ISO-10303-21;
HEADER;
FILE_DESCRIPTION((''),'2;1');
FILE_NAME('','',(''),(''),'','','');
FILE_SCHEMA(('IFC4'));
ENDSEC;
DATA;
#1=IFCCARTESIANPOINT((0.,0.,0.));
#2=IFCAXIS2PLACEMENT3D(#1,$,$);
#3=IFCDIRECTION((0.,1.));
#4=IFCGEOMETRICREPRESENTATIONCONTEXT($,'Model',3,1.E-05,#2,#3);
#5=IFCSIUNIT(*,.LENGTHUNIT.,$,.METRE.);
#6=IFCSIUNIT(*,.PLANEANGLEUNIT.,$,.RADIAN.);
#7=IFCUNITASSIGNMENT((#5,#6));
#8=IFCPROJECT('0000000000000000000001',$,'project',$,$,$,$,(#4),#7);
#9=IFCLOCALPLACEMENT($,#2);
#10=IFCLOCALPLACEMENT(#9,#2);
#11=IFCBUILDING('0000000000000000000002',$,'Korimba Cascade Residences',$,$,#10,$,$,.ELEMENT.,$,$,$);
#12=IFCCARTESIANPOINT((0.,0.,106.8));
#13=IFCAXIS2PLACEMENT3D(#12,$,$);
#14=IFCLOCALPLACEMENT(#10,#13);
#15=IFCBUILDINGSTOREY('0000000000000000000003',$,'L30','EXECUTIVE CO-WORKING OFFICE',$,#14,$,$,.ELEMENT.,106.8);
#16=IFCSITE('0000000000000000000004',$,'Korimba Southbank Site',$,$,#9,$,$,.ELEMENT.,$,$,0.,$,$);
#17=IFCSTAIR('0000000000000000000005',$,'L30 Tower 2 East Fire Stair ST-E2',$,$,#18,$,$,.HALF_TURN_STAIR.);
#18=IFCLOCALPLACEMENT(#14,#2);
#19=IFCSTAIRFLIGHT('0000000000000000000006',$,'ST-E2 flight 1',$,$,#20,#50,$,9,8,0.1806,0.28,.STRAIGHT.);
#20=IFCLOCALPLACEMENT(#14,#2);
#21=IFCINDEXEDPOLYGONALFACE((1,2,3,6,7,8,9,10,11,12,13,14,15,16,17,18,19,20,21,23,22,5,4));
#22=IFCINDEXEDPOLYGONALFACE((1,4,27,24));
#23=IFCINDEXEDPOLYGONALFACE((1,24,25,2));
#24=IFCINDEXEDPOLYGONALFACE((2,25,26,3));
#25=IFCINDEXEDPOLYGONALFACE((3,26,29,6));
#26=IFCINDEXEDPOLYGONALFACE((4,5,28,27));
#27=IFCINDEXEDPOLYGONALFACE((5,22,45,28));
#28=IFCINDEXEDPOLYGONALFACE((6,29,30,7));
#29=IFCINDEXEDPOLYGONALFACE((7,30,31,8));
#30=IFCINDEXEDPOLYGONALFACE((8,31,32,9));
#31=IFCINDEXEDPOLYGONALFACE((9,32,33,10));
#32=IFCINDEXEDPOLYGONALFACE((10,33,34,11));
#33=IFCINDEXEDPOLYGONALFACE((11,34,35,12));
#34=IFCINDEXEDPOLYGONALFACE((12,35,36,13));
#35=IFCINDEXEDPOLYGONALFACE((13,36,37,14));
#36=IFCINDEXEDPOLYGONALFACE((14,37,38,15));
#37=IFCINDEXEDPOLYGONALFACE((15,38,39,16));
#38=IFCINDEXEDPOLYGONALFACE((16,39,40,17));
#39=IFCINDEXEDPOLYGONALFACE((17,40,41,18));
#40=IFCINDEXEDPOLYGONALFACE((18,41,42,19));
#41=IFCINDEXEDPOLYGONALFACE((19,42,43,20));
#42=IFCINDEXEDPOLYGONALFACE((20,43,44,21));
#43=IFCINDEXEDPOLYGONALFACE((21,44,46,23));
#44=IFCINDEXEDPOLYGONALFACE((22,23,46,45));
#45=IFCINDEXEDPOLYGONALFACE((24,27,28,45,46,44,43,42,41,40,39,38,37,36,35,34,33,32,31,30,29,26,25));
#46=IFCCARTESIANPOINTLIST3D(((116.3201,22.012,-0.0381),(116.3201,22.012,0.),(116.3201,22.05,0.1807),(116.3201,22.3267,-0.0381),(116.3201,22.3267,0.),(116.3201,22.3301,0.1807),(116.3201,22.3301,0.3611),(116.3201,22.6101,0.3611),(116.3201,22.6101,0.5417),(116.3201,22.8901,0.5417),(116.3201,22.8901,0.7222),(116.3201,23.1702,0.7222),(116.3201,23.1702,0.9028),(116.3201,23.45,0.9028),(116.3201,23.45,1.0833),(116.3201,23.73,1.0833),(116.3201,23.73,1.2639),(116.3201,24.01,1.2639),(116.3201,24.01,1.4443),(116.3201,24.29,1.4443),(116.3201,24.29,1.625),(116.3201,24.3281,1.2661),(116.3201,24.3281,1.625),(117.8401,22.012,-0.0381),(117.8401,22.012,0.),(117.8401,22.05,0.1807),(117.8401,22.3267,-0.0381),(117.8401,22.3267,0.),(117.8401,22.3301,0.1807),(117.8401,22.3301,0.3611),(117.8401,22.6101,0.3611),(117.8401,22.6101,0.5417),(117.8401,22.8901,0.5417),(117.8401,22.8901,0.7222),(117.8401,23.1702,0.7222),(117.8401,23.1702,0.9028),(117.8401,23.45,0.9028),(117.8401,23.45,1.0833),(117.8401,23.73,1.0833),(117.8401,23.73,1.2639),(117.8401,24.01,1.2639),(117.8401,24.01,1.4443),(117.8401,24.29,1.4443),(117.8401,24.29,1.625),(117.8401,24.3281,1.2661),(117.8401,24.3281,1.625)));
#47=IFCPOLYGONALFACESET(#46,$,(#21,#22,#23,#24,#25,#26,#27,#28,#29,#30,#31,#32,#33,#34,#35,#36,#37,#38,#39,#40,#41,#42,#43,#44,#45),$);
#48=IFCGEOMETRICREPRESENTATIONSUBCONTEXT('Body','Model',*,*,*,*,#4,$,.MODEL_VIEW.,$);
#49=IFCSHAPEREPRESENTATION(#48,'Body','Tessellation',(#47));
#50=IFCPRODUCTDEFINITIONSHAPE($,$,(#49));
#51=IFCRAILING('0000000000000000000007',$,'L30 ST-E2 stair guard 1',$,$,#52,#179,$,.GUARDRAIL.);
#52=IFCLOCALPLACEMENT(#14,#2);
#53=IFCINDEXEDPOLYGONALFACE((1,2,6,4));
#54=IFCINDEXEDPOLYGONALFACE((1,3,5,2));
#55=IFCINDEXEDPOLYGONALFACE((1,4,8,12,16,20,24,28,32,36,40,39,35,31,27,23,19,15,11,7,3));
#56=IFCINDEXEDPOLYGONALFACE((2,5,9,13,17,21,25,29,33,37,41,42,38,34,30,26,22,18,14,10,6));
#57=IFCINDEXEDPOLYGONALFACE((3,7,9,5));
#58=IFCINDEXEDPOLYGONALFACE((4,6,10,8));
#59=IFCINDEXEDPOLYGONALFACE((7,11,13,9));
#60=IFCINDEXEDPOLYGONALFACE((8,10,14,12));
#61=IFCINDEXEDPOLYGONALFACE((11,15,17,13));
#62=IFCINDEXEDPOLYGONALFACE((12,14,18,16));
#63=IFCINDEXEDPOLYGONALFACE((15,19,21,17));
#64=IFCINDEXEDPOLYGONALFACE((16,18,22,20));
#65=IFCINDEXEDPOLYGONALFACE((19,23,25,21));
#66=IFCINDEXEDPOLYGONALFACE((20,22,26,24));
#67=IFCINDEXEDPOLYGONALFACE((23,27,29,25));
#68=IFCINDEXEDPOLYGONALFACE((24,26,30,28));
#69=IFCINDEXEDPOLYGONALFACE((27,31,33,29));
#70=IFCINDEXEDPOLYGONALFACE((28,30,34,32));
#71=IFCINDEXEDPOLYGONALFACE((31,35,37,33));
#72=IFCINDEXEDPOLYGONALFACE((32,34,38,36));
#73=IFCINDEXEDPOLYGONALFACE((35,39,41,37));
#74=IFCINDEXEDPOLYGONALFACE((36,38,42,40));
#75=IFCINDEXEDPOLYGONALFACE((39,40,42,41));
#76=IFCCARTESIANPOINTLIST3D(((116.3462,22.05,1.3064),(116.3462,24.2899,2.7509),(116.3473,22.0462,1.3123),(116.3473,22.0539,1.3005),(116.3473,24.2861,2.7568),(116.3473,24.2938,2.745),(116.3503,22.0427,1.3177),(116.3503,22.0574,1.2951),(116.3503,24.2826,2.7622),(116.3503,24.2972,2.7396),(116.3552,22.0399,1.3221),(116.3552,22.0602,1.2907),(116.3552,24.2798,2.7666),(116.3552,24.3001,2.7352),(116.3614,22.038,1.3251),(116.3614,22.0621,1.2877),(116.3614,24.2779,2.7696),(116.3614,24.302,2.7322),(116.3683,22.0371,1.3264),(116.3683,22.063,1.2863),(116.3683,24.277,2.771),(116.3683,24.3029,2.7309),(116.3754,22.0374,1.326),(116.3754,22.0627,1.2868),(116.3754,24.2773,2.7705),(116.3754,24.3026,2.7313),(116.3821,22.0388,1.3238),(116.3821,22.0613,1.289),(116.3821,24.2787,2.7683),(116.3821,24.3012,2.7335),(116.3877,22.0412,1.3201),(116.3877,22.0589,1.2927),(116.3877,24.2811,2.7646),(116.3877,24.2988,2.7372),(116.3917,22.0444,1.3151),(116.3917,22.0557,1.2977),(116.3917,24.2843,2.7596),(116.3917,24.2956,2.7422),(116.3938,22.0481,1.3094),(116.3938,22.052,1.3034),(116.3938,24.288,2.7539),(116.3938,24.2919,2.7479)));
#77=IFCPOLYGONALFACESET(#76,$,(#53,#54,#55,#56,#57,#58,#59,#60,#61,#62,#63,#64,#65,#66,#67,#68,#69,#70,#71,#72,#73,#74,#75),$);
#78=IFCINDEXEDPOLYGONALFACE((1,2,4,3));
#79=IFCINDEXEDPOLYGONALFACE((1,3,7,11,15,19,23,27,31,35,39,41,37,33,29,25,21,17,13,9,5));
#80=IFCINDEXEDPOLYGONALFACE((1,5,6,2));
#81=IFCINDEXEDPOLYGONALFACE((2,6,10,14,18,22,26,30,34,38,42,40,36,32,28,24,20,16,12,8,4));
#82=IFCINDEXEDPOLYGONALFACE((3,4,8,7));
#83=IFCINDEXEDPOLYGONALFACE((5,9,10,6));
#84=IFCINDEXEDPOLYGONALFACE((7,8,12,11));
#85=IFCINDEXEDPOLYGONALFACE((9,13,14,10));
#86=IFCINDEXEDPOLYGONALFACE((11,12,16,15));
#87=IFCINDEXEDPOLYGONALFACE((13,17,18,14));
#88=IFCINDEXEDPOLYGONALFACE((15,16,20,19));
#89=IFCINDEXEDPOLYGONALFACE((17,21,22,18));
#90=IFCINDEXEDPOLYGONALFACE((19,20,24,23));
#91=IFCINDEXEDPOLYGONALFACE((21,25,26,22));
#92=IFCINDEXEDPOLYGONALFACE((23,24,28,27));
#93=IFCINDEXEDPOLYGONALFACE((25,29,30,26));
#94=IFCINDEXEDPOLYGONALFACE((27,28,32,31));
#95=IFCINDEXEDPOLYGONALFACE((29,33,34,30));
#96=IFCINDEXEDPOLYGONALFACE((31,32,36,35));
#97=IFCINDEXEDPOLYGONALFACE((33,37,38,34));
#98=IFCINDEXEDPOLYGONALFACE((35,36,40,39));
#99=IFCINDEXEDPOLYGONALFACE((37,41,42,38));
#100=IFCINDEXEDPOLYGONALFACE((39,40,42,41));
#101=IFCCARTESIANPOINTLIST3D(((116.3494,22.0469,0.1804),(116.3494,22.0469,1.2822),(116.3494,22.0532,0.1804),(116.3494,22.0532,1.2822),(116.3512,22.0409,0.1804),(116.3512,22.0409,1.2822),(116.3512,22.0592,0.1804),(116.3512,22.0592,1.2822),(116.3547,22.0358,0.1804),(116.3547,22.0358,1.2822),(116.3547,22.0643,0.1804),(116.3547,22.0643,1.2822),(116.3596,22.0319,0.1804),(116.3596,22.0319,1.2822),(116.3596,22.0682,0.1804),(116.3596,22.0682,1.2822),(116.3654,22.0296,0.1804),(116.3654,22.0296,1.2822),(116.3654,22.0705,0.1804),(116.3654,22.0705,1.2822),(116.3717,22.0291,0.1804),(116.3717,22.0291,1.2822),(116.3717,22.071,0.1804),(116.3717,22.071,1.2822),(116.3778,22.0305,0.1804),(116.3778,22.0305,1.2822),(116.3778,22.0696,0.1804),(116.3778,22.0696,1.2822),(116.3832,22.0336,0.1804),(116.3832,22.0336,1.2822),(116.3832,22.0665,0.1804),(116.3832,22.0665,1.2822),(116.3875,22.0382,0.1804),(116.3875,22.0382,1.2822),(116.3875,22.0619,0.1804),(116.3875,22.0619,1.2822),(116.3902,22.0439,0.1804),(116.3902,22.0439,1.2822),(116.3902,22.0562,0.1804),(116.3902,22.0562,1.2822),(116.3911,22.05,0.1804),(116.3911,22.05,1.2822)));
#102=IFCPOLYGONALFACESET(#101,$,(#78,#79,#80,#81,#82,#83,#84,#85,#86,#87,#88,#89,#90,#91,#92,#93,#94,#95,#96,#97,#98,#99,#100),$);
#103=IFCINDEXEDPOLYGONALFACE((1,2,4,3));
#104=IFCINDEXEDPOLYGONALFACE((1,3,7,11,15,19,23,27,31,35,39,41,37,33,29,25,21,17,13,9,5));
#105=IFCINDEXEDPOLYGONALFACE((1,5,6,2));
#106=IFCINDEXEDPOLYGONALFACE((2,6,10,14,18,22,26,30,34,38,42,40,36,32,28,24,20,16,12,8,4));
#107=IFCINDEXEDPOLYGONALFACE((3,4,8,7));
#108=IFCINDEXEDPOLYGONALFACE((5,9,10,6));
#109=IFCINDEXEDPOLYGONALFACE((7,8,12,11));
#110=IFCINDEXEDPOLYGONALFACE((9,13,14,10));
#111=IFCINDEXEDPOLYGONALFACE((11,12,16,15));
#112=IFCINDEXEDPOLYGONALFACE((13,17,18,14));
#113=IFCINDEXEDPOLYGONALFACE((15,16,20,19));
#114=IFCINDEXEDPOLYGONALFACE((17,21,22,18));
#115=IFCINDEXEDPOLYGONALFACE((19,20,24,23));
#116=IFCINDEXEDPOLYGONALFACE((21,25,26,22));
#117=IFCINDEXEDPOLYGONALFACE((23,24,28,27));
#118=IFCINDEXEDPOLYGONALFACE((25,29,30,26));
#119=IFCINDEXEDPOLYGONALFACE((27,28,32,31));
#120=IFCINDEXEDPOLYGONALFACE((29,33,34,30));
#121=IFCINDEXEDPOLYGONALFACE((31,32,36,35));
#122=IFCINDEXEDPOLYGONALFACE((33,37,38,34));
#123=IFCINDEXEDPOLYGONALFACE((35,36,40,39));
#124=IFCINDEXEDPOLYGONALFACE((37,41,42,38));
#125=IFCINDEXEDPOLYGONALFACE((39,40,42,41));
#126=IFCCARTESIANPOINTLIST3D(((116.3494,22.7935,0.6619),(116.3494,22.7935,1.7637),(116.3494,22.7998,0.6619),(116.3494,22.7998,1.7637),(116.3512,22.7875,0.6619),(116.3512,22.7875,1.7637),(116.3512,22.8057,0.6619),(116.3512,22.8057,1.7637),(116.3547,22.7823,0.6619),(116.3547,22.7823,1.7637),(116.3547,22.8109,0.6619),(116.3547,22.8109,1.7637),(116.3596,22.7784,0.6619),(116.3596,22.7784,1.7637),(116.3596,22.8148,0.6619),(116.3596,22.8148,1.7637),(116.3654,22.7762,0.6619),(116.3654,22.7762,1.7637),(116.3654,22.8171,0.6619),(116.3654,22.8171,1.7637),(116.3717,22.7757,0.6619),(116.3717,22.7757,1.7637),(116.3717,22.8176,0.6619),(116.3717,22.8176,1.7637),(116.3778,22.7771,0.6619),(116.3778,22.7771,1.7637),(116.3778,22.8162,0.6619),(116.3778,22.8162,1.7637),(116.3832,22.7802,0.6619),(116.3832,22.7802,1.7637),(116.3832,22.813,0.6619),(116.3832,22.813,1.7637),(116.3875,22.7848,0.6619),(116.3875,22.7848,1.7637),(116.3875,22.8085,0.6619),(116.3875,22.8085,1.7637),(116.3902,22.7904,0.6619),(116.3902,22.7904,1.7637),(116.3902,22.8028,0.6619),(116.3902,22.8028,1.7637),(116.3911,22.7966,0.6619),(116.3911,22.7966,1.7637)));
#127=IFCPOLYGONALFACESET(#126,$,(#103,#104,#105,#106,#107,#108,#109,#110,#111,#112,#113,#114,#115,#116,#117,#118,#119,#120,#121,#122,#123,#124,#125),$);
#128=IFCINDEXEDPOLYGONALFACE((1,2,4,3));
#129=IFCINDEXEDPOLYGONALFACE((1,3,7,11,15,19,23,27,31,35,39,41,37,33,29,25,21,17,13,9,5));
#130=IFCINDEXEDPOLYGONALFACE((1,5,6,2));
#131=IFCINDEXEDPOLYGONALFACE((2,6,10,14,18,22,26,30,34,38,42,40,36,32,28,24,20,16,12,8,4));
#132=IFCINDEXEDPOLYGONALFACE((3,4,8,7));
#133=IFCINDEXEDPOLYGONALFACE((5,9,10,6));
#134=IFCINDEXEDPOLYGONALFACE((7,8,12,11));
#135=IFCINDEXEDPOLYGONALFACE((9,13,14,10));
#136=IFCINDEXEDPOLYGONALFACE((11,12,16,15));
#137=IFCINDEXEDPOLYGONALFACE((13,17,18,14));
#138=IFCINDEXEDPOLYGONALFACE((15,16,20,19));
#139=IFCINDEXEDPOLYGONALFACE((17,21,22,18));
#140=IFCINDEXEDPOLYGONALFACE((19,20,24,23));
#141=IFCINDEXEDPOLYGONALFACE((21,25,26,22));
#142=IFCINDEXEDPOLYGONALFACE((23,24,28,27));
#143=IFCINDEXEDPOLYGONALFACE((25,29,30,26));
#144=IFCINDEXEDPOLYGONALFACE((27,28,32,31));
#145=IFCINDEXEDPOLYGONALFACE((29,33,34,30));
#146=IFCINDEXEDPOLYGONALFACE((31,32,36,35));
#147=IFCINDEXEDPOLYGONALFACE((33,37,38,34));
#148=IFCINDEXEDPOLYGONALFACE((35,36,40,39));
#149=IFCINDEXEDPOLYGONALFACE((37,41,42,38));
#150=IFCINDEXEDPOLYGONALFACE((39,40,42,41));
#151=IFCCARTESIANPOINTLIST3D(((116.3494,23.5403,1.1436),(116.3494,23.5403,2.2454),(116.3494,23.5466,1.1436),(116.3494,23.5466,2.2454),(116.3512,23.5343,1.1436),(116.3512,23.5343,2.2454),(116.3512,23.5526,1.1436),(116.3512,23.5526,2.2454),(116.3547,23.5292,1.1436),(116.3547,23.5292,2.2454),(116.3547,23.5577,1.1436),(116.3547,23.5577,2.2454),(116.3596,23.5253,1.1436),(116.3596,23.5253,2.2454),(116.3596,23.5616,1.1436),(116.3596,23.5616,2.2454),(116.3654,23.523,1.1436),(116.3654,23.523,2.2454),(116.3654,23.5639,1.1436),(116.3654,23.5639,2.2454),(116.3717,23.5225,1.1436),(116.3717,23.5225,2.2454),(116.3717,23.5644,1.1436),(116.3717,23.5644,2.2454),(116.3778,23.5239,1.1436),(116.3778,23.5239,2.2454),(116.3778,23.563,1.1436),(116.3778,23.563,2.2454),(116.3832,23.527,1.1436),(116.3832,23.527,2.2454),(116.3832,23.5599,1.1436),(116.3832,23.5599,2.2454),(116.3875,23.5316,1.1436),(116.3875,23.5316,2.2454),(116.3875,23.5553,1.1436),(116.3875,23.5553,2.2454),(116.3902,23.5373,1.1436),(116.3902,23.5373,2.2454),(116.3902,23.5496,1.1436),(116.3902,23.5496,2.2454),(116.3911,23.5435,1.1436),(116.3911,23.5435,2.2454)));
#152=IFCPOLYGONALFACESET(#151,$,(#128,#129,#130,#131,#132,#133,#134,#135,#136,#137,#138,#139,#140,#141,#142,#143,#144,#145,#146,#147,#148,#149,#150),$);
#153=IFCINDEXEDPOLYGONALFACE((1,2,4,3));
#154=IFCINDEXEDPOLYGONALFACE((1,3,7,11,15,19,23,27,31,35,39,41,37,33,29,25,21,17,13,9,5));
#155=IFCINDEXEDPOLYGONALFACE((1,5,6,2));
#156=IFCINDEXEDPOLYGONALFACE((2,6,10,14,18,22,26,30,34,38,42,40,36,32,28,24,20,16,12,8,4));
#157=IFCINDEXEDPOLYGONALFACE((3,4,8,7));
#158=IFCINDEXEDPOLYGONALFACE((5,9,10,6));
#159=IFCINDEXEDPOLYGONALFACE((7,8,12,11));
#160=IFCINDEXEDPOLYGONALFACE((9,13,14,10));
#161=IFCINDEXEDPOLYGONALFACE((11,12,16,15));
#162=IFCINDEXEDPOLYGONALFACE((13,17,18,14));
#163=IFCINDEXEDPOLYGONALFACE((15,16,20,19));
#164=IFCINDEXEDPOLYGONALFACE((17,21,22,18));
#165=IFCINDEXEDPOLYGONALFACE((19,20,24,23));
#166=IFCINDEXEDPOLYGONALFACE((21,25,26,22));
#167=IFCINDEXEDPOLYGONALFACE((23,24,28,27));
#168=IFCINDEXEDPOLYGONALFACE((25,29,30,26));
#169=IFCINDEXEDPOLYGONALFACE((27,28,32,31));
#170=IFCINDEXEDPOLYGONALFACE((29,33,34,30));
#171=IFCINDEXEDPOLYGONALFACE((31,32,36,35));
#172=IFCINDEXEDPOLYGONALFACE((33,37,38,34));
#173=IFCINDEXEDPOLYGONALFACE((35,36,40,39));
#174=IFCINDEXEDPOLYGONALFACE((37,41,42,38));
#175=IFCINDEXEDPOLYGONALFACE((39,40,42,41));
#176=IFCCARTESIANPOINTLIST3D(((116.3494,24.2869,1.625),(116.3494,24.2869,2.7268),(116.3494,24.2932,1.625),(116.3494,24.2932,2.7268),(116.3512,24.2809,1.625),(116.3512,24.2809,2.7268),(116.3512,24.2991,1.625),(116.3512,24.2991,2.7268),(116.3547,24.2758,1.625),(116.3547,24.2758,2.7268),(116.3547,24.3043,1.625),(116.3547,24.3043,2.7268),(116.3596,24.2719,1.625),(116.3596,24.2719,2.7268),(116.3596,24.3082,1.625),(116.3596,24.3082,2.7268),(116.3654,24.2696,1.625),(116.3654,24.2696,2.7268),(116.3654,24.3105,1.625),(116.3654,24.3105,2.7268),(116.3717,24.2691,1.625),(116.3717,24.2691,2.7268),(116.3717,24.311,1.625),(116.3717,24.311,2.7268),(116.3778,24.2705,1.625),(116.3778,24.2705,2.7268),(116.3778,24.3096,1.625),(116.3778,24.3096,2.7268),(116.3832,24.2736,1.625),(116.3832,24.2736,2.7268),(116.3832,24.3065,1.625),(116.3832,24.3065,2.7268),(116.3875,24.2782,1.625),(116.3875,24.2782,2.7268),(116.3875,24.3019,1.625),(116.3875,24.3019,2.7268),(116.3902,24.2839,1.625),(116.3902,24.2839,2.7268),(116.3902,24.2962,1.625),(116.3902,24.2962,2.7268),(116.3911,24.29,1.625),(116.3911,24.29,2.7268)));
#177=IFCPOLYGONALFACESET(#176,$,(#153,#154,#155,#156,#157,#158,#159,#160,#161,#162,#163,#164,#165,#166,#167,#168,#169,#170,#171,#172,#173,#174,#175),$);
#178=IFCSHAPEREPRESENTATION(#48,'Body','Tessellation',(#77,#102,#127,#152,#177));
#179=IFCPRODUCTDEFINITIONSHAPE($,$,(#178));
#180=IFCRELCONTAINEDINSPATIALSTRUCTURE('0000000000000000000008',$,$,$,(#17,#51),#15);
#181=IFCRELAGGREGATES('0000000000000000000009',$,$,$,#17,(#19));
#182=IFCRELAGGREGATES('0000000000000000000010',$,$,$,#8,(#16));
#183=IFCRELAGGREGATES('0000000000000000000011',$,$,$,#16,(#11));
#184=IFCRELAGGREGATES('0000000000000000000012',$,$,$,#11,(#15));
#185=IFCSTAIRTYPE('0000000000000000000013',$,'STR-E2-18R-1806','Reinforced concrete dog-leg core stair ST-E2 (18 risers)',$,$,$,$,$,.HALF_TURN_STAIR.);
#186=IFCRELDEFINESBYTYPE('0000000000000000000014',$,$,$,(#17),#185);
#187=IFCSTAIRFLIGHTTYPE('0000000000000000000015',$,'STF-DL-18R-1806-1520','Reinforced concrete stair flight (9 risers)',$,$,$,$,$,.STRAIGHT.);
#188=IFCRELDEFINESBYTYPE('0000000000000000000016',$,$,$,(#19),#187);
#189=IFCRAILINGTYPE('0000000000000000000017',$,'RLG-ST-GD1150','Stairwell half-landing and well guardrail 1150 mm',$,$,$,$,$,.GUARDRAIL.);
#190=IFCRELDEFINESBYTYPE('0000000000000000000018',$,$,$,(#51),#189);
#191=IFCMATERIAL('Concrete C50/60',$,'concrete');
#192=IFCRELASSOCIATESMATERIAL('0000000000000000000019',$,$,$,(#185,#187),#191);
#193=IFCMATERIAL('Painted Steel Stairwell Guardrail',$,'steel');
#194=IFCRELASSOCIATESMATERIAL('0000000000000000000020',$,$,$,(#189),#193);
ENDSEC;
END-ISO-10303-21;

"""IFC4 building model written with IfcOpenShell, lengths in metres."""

from ifc_helpers import new_model, si_unit, direction, frame, origin, origin_2d, place, context, subcontext, project, spatial, polyline, circle, outline, extrude, material, type_object, element, aggregate, save


model = new_model("IFC4")

# Units and contexts
model_context = context("Model", 3, precision=1e-05, world=origin(), true_north=direction((0.0, 1.0)))
body_context = subcontext(model_context, "Body", "Model", "MODEL_VIEW")
ifc_project = project(units=[si_unit("LENGTHUNIT", "METRE"), si_unit("PLANEANGLEUNIT", "RADIAN")], contexts=[model_context])

# Site, building, storey
site_placement = place(None, origin())
site = spatial("IfcSite", under=ifc_project, at=site_placement, Name="Korimba Southbank Site", CompositionType="ELEMENT", RefElevation=0.0)
building_placement = place(site_placement, origin())
building = spatial("IfcBuilding", under=site, at=building_placement, Name="Korimba Cascade Residences", CompositionType="ELEMENT")
storey_placement = place(building_placement, frame((0.0, 0.0, 106.8)))
storey = spatial("IfcBuildingStorey", under=building, at=storey_placement, Name="L30", Description="EXECUTIVE CO-WORKING OFFICE", CompositionType="ELEMENT", Elevation=106.8)

# Stair, stair flight
ifc_material_1 = material(Name="Concrete C50/60", Category="concrete")
stair_type = type_object("IfcStairType", Name="STR-E2-18R-1806", Description="Reinforced concrete dog-leg core stair ST-E2 (18 risers)", PredefinedType="HALF_TURN_STAIR", material=ifc_material_1)
stair_placement = place(storey_placement, origin())
stair = element("IfcStair", 1, at=stair_placement, inside=storey, type_object=stair_type, Name="L30 Tower 2 East Fire Stair ST-E2", PredefinedType="HALF_TURN_STAIR")
stair_flight_type = type_object("IfcStairFlightType", Name="STF-DL-18R-1806-1520", Description="Reinforced concrete stair flight (9 risers)", PredefinedType="STRAIGHT", material=ifc_material_1)
stair_flight_placement = place(storey_placement, frame((117.0801, 22.05, 0.0), z_axis=(0.0, 0.0, 1.0), x_axis=(0.0, 1.0, 0.0)))
stair_flight = element("IfcStairFlight", 2, at=stair_flight_placement, type_object=stair_flight_type, Name="ST-E2 flight 1", NumberOfRisers=9, NumberOfTreads=8, PredefinedType="STRAIGHT", RiserHeight=0.1806, TreadLength=0.28, context=body_context, shape_type="SweptSolid", body=[
    extrude(outline(polyline([(-0.0381, 0.0), (0.0, 0.1807), (0.28, 0.1807), (0.28, 0.3611), (0.5601, 0.3611), (0.5601, 0.5417), (0.8401, 0.5417), (0.8401, 0.7222), (1.1201, 0.7222), (1.1201, 0.9028), (1.3999, 0.9028), (1.3999, 1.0833), (1.6799, 1.0833), (1.6799, 1.2639), (1.96, 1.2639), (1.96, 1.4443), (2.24, 1.4443), (2.24, 1.625), (2.2781, 1.625), (2.2781, 1.2661), (0.2766, 0.0), (0.2766, -0.0381), (-0.0381, -0.0381), (-0.0381, 0.0)])), frame((0.0, 0.76, 0.0), z_axis=(0.0, -1.0, 0.0), x_axis=(1.0, 0.0, 0.0)), (0.0, 0.0, 1.0), 1.52),
])
aggregate(stair, [stair_flight])

# Railing
ifc_material_2 = material(Name="Painted Steel Stairwell Guardrail", Category="steel")
railing_type_1 = type_object("IfcRailingType", Name="RLG-ST-GD1150", Description="Stairwell half-landing and well guardrail 1150 mm", PredefinedType="GUARDRAIL", material=ifc_material_2)
railing_1_placement = place(storey_placement, frame((116.3701, 22.05, 0.1804)))
element("IfcRailing", 3, at=railing_1_placement, inside=storey, type_object=railing_type_1, Name="L30 ST-E2 stair guard 1", PredefinedType="GUARDRAIL", context=body_context, shape_type="SweptSolid", body=[
    extrude(circle(Radius=0.0239, at=origin_2d()), frame((0.0, 0.0, 1.126), z_axis=(0.0, 0.840395, 0.541975), x_axis=(-1.0, 0.0, 0.0)), (0.0, 0.0, 1.0), 2.6653),
    extrude(circle(Radius=0.021, at=origin_2d()), origin(), (0.0, 0.0, 1.0), 1.1018),
    extrude(circle(Radius=0.021, at=origin_2d()), frame((0.0, 0.7466, 0.4814)), (0.0, 0.0, 1.0), 1.1018),
    extrude(circle(Radius=0.021, at=origin_2d()), frame((0.0, 1.4934, 0.9631)), (0.0, 0.0, 1.0), 1.1018),
    extrude(circle(Radius=0.021, at=origin_2d()), frame((0.0, 2.24, 1.4446)), (0.0, 0.0, 1.0), 1.1018),
])

save(model, "model.ifc")
